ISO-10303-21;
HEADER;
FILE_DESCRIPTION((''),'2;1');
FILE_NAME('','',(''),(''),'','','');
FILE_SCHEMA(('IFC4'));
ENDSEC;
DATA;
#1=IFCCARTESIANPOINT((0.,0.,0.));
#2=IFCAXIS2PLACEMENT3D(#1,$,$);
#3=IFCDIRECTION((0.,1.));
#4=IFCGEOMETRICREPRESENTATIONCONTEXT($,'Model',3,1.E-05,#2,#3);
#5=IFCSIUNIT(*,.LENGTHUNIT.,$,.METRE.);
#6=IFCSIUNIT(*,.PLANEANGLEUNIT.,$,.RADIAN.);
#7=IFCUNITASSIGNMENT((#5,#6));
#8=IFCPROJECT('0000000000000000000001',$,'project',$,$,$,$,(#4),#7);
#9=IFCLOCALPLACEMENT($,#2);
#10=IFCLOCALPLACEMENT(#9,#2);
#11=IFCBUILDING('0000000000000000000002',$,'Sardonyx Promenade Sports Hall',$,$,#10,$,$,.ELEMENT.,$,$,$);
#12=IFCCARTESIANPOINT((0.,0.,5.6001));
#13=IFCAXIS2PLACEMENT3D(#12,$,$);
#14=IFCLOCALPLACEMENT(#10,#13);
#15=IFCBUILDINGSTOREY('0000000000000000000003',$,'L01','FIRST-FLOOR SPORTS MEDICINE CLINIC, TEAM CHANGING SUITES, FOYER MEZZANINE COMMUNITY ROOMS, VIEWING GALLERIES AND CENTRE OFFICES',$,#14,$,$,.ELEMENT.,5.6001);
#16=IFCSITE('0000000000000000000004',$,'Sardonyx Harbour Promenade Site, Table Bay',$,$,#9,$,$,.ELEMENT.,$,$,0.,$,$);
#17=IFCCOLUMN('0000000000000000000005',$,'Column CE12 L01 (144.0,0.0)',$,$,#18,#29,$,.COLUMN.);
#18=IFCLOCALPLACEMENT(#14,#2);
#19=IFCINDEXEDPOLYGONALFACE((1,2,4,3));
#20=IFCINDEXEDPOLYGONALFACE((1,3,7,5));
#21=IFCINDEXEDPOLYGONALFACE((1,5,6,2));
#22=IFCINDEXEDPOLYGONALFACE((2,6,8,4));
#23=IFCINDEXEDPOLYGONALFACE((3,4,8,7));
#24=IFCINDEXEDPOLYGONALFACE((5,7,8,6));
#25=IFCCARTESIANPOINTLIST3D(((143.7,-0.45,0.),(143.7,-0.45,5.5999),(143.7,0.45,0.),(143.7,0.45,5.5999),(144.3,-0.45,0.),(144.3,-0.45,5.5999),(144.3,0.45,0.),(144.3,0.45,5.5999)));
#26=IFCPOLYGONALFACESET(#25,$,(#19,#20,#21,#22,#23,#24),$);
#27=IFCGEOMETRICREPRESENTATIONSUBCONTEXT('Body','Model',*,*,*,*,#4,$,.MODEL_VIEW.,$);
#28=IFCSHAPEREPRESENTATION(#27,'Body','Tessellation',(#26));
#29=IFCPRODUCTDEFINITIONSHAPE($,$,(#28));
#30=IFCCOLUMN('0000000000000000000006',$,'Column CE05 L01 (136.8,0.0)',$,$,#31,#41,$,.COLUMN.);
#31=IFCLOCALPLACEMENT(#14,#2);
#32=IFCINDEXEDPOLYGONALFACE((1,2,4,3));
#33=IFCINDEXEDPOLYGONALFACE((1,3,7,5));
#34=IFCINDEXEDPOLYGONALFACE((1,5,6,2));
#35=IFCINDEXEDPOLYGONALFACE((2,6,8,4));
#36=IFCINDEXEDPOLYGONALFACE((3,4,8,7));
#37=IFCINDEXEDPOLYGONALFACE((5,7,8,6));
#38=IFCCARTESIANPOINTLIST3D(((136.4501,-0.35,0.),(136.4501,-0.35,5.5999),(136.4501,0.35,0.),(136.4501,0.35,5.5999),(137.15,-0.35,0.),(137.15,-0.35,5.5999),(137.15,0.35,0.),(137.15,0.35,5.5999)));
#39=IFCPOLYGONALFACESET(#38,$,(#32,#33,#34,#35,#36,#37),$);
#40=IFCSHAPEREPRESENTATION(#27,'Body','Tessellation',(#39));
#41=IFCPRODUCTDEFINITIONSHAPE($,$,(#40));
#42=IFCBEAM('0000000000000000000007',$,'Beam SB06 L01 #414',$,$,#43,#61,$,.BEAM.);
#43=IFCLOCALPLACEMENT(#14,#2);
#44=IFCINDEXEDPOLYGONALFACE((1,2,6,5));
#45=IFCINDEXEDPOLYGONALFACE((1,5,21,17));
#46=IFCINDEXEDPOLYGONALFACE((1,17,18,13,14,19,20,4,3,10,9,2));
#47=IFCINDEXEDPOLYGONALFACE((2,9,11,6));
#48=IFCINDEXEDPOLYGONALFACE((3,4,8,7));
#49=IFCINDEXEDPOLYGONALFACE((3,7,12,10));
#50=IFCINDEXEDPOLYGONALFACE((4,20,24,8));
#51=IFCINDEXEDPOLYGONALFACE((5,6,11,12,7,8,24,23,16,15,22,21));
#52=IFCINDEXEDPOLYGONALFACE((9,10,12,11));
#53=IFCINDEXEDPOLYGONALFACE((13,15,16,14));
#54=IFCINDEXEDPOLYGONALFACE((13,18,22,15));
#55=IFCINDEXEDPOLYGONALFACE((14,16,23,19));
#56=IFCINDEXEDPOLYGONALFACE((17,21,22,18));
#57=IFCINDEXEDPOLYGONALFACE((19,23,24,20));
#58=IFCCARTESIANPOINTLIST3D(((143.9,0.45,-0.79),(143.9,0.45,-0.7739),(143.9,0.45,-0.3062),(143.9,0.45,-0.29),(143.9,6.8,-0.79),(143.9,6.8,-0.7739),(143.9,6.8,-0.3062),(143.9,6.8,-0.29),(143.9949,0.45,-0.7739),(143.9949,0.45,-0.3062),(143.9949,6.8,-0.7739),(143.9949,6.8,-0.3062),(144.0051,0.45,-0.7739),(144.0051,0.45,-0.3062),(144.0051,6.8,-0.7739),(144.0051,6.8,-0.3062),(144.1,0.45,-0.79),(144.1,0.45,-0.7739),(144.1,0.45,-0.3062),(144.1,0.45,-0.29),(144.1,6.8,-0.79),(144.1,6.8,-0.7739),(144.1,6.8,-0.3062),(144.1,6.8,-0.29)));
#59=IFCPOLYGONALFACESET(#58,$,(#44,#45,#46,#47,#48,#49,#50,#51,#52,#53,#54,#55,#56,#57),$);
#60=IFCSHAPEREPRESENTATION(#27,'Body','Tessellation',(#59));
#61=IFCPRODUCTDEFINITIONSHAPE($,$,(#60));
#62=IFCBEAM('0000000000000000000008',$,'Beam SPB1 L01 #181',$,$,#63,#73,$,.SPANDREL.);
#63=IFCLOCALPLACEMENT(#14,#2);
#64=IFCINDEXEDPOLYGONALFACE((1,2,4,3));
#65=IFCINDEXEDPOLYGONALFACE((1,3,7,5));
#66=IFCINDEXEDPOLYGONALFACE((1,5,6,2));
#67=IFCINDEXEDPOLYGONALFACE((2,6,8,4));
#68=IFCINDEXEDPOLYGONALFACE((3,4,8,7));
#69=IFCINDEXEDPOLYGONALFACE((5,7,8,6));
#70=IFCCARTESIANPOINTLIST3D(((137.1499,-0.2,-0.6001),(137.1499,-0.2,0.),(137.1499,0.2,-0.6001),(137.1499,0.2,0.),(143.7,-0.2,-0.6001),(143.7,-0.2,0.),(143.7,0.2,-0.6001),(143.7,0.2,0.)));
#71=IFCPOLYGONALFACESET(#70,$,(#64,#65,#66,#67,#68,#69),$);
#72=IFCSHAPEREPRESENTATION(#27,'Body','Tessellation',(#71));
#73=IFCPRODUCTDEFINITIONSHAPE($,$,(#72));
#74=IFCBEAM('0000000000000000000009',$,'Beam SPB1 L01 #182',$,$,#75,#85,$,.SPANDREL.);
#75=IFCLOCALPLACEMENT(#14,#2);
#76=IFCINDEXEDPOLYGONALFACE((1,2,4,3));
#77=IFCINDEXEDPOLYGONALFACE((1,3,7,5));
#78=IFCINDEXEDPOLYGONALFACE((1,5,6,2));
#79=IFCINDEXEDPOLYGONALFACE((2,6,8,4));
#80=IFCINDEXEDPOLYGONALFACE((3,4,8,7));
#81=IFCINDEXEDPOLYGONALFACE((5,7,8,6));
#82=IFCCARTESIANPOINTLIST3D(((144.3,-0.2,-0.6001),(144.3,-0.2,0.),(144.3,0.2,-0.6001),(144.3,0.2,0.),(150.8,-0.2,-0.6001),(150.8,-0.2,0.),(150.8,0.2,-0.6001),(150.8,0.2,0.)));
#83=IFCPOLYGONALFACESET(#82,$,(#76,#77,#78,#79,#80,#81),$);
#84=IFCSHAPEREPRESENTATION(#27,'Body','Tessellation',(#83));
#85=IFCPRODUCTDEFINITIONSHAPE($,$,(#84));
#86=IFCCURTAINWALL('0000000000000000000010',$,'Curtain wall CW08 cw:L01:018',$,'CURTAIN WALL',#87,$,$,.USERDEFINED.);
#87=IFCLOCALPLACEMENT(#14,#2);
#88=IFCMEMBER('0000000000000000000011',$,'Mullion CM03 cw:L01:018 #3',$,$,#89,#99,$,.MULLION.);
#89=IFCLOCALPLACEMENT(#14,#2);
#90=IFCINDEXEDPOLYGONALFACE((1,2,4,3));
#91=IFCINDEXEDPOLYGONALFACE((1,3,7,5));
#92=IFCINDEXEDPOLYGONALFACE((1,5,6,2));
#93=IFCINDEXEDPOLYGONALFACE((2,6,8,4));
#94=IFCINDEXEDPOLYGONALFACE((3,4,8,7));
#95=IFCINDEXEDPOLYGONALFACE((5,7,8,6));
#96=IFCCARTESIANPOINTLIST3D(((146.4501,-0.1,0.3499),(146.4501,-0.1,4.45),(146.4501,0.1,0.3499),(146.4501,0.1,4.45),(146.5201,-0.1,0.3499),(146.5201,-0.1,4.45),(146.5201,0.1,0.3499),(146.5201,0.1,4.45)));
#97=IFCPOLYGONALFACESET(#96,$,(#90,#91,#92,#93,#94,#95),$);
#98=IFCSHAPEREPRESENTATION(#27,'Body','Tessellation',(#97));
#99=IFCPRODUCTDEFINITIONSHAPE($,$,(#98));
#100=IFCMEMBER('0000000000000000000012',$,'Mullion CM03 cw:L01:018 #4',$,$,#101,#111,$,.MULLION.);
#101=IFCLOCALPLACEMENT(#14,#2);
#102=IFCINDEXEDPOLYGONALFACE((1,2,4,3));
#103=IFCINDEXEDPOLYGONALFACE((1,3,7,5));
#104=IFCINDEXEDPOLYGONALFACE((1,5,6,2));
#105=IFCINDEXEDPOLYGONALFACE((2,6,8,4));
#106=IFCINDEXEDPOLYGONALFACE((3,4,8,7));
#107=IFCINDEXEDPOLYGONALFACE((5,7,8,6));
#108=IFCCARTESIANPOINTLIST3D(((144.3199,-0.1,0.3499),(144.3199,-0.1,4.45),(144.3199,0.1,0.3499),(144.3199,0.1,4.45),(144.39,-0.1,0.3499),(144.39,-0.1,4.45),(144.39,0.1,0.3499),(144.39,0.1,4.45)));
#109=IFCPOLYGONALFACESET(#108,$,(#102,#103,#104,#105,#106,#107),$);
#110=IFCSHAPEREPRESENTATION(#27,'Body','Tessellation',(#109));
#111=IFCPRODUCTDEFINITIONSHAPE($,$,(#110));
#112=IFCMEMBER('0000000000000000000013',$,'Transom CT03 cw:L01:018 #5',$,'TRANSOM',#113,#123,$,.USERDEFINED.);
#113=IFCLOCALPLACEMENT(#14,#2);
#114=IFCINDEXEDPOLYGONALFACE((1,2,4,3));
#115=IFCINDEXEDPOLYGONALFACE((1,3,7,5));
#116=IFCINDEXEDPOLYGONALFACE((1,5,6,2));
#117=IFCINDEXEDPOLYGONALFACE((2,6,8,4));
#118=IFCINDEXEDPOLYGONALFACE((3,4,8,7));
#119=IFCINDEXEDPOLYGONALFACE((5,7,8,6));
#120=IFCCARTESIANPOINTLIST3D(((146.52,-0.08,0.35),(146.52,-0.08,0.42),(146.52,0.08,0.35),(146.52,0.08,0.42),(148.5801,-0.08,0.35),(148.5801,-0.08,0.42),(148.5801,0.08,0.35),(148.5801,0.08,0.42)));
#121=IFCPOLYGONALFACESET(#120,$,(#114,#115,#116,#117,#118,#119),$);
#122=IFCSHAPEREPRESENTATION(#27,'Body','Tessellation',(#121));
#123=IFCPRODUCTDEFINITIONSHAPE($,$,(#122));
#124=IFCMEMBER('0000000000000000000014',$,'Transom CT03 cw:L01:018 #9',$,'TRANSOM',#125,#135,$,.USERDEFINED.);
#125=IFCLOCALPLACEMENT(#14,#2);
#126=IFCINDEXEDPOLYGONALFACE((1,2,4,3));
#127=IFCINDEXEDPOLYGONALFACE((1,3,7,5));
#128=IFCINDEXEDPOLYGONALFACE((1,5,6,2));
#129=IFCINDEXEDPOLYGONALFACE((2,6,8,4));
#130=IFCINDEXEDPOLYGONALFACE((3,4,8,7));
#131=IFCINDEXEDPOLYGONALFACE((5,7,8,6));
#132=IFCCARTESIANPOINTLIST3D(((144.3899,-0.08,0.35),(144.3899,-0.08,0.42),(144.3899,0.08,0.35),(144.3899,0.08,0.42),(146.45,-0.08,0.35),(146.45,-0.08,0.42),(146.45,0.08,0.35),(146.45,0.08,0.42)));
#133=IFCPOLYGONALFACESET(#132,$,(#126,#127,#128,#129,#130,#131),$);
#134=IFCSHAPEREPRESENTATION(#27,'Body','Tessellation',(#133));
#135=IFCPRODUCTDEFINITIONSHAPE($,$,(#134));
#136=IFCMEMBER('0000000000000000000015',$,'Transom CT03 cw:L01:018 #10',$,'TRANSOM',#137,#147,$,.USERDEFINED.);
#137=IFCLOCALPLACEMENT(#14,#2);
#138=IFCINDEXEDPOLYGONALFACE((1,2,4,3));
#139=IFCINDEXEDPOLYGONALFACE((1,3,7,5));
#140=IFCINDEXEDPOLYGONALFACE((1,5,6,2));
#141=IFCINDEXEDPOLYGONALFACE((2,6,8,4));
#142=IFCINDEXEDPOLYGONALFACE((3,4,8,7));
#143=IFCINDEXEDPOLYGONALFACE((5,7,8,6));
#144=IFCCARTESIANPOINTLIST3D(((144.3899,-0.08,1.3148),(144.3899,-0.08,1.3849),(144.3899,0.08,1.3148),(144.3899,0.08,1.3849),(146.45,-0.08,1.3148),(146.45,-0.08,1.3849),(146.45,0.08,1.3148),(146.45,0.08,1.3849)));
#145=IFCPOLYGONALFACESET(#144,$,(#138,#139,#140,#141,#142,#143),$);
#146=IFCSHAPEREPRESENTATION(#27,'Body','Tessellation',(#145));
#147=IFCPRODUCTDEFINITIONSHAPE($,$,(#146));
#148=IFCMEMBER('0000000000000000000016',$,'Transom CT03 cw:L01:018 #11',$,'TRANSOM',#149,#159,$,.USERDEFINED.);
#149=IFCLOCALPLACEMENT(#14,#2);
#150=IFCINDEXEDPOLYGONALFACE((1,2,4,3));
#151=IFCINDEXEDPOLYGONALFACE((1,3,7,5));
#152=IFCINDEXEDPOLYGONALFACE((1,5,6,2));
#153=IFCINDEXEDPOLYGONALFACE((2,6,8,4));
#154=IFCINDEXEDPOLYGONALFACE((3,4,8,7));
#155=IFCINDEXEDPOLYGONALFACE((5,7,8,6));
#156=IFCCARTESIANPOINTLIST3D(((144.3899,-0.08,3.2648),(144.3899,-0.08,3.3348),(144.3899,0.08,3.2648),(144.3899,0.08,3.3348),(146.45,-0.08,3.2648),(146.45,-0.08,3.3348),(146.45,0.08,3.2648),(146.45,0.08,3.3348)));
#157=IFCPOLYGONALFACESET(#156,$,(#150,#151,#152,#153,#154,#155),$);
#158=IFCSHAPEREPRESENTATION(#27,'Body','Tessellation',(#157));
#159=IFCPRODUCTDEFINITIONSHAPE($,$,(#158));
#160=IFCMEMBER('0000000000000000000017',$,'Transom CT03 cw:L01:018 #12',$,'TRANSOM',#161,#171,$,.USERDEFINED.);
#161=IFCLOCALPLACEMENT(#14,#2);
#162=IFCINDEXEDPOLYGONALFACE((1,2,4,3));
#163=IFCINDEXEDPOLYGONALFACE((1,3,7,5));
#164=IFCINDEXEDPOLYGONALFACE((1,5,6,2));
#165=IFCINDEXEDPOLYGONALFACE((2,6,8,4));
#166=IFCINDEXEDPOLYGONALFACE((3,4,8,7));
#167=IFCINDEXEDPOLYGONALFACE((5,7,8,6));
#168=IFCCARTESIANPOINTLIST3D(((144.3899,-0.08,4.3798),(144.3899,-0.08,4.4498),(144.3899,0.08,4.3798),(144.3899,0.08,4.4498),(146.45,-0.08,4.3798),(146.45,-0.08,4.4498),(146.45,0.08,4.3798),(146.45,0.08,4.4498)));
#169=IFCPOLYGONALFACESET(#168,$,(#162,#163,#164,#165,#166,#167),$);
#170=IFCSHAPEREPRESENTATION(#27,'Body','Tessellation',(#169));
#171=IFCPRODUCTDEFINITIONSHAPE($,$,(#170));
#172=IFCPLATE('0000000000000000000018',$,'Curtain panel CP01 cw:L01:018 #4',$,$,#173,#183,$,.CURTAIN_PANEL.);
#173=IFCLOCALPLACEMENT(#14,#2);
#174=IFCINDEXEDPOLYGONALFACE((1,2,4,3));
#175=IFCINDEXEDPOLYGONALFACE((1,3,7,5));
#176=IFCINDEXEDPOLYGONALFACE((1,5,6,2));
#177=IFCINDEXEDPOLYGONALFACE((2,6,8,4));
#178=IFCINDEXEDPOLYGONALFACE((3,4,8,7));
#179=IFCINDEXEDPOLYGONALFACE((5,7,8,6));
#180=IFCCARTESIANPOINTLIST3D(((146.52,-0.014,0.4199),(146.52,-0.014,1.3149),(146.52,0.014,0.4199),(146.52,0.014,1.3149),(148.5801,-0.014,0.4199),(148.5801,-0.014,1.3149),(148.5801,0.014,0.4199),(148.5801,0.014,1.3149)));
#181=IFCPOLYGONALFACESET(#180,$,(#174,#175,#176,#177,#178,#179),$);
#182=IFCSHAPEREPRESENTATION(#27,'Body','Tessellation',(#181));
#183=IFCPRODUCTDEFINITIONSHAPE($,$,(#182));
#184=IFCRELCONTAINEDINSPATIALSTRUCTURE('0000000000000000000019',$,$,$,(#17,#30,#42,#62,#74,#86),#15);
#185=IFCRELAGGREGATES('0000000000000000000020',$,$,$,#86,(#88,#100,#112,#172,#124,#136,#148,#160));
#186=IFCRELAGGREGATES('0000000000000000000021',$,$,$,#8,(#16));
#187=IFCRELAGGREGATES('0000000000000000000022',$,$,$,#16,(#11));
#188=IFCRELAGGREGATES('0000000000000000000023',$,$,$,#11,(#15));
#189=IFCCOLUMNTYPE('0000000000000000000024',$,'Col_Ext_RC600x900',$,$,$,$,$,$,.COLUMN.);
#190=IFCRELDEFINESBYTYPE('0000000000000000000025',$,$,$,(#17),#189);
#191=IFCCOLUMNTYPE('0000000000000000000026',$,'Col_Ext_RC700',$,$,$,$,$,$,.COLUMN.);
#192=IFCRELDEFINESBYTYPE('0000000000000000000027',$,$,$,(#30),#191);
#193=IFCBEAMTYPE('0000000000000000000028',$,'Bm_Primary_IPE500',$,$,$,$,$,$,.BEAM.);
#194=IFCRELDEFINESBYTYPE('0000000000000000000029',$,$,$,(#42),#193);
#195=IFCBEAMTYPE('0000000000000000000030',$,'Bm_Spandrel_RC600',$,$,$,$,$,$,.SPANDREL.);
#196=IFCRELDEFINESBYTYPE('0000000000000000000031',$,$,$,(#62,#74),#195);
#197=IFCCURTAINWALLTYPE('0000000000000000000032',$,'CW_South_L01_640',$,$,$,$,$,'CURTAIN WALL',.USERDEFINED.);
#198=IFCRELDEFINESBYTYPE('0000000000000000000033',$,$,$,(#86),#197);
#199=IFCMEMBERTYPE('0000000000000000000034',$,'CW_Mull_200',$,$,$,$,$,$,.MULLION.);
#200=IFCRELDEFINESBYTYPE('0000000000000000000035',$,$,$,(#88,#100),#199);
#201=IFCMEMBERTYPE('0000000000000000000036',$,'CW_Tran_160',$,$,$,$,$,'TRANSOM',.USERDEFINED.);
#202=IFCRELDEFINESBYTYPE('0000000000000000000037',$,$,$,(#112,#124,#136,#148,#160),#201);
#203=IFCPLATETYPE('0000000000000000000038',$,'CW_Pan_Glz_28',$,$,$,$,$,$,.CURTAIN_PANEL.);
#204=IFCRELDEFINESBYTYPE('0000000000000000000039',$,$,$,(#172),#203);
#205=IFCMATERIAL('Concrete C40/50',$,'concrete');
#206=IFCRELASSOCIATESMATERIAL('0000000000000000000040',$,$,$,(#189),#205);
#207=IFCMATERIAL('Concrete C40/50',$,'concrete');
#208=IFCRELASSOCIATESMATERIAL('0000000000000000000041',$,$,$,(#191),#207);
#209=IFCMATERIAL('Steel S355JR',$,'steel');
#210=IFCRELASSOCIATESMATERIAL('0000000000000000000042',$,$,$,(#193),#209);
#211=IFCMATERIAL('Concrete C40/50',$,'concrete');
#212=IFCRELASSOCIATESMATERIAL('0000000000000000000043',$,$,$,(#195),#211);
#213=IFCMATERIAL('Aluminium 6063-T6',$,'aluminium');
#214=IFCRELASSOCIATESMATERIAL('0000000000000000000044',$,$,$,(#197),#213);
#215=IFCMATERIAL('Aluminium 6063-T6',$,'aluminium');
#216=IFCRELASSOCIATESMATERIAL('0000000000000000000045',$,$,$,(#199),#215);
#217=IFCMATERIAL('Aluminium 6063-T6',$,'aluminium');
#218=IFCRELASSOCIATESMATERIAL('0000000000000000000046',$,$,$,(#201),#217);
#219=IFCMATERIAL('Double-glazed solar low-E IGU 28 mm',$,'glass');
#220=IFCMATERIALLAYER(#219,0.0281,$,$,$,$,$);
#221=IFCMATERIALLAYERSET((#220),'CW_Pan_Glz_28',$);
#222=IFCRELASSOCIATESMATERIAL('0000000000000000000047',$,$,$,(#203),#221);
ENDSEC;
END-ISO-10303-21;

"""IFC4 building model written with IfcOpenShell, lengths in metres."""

from ifc_helpers import new_model, si_unit, direction, frame, origin, origin_2d, place, context, subcontext, project, spatial, rectangle, i_section, extrude, material, layer, layer_set, material_profile, profile_set, type_object, element, aggregate, save


model = new_model("IFC4")

# Units and contexts
model_context = context("Model", 3, precision=1e-05, world=origin(), true_north=direction((0.0, 1.0)))
body_context = subcontext(model_context, "Body", "Model", "MODEL_VIEW")
ifc_project = project(units=[si_unit("LENGTHUNIT", "METRE"), si_unit("PLANEANGLEUNIT", "RADIAN")], contexts=[model_context])

# Site, building, storey
site_placement = place(None, origin())
site = spatial("IfcSite", under=ifc_project, at=site_placement, Name="Sardonyx Harbour Promenade Site, Table Bay", CompositionType="ELEMENT", RefElevation=0.0)
building_placement = place(site_placement, origin())
building = spatial("IfcBuilding", under=site, at=building_placement, Name="Sardonyx Promenade Sports Hall", CompositionType="ELEMENT")
storey_placement = place(building_placement, frame((0.0, 0.0, 5.6001)))
storey = spatial("IfcBuildingStorey", under=building, at=storey_placement, Name="L01", Description="FIRST-FLOOR SPORTS MEDICINE CLINIC, TEAM CHANGING SUITES, FOYER MEZZANINE COMMUNITY ROOMS, VIEWING GALLERIES AND CENTRE OFFICES", CompositionType="ELEMENT", Elevation=5.6001)

# Columns
ifc_material_1 = material(Name="Concrete C40/50", Category="concrete")
ifc_material_profile_1 = material_profile(ifc_material_1, rectangle(XDim=0.6001, YDim=0.8999, at=origin_2d()))
ifc_profile_set_1 = profile_set([ifc_material_profile_1], Name="Concrete C40/50")
column_type_1 = type_object("IfcColumnType", Name="Col_Ext_RC600x900", PredefinedType="COLUMN", material=ifc_profile_set_1)
column_1_placement = place(storey_placement, frame((144.0, 0.0, 0.0), z_axis=(0.0, 0.0, 1.0), x_axis=(1.0, 0.0, 0.0)))
element("IfcColumn", 1, at=column_1_placement, inside=storey, type_object=column_type_1, Name="Column CE12 L01 (144.0,0.0)", PredefinedType="COLUMN", context=body_context, shape_type="SweptSolid", body=[
    extrude(rectangle(XDim=0.6001, YDim=0.8999, at=origin_2d()), origin(), (0.0, 0.0, 1.0), 5.5999),
])
ifc_material_2 = material(Name="Concrete C40/50", Category="concrete")
ifc_material_profile_2 = material_profile(ifc_material_2, rectangle(XDim=0.7, YDim=0.7, at=origin_2d()))
ifc_profile_set_2 = profile_set([ifc_material_profile_2], Name="Concrete C40/50")
column_type_2 = type_object("IfcColumnType", Name="Col_Ext_RC700", PredefinedType="COLUMN", material=ifc_profile_set_2)
column_2_placement = place(storey_placement, frame((136.8, 0.0, 0.0), z_axis=(0.0, 0.0, 1.0), x_axis=(1.0, 0.0, 0.0)))
element("IfcColumn", 2, at=column_2_placement, inside=storey, type_object=column_type_2, Name="Column CE05 L01 (136.8,0.0)", PredefinedType="COLUMN", context=body_context, shape_type="SweptSolid", body=[
    extrude(rectangle(XDim=0.7, YDim=0.7, at=origin_2d()), origin(), (0.0, 0.0, 1.0), 5.5999),
])

# Beams
ifc_material_3 = material(Name="Steel S355JR", Category="steel")
ifc_material_profile_3 = material_profile(ifc_material_3, i_section(OverallWidth=0.2, OverallDepth=0.5, WebThickness=0.0103, FlangeThickness=0.0161, at=origin_2d()))
ifc_profile_set_3 = profile_set([ifc_material_profile_3], Name="Steel S355JR")
beam_type_1 = type_object("IfcBeamType", Name="Bm_Primary_IPE500", PredefinedType="BEAM", material=ifc_profile_set_3)
beam_1_placement = place(storey_placement, frame((144.0, 0.45, -0.54), z_axis=(0.0, 1.0, 0.0), x_axis=(-1.0, 0.0, 0.0)))
element("IfcBeam", 3, at=beam_1_placement, inside=storey, type_object=beam_type_1, Name="Beam SB06 L01 #414", PredefinedType="BEAM", context=body_context, shape_type="SweptSolid", body=[
    extrude(i_section(OverallWidth=0.2, OverallDepth=0.5, WebThickness=0.0103, FlangeThickness=0.0161, at=origin_2d()), origin(), (0.0, 0.0, 1.0), 6.3501),
])
ifc_material_4 = material(Name="Concrete C40/50", Category="concrete")
ifc_material_profile_4 = material_profile(ifc_material_4, rectangle(XDim=0.3999, YDim=0.6001, at=origin_2d()))
ifc_profile_set_4 = profile_set([ifc_material_profile_4], Name="Concrete C40/50")
beam_type_2 = type_object("IfcBeamType", Name="Bm_Spandrel_RC600", PredefinedType="SPANDREL", material=ifc_profile_set_4)
beam_2_placement = place(storey_placement, frame((137.1499, 0.0, -0.3), z_axis=(1.0, 0.0, 0.0), x_axis=(0.0, 1.0, 0.0)))
element("IfcBeam", 4, at=beam_2_placement, inside=storey, type_object=beam_type_2, Name="Beam SPB1 L01 #181", PredefinedType="SPANDREL", context=body_context, shape_type="SweptSolid", body=[
    extrude(rectangle(XDim=0.3999, YDim=0.6001, at=origin_2d()), origin(), (0.0, 0.0, 1.0), 6.55),
])
beam_3_placement = place(storey_placement, frame((144.3, 0.0, -0.3), z_axis=(1.0, 0.0, 0.0), x_axis=(0.0, 1.0, 0.0)))
element("IfcBeam", 5, at=beam_3_placement, inside=storey, type_object=beam_type_2, Name="Beam SPB1 L01 #182", PredefinedType="SPANDREL", context=body_context, shape_type="SweptSolid", body=[
    extrude(rectangle(XDim=0.3999, YDim=0.6001, at=origin_2d()), origin(), (0.0, 0.0, 1.0), 6.5),
])

# Curtain wall, members, plate
ifc_material_5 = material(Name="Aluminium 6063-T6", Category="aluminium")
curtain_wall_type = type_object("IfcCurtainWallType", Name="CW_South_L01_640", ElementType="CURTAIN WALL", PredefinedType="USERDEFINED", material=ifc_material_5)
curtain_wall_placement = place(storey_placement, origin())
curtain_wall = element("IfcCurtainWall", 6, at=curtain_wall_placement, inside=storey, type_object=curtain_wall_type, Name="Curtain wall CW08 cw:L01:018", ObjectType="CURTAIN WALL", PredefinedType="USERDEFINED")
ifc_material_6 = material(Name="Aluminium 6063-T6", Category="aluminium")
ifc_material_profile_5 = material_profile(ifc_material_6, rectangle(XDim=0.0701, YDim=0.2, at=origin_2d()))
ifc_profile_set_5 = profile_set([ifc_material_profile_5], Name="Aluminium 6063-T6")
member_type_1 = type_object("IfcMemberType", Name="CW_Mull_200", PredefinedType="MULLION", material=ifc_profile_set_5)
member_1_placement = place(storey_placement, frame((146.4851, 0.0, 0.3499), z_axis=(0.0, 0.0, 1.0), x_axis=(-1.0, 0.0, 0.0)))
member_1 = element("IfcMember", 7, at=member_1_placement, type_object=member_type_1, Name="Mullion CM03 cw:L01:018 #3", PredefinedType="MULLION", context=body_context, shape_type="SweptSolid", body=[
    extrude(rectangle(XDim=0.0701, YDim=0.2, at=origin_2d()), origin(), (0.0, 0.0, 1.0), 4.1001),
])
member_2_placement = place(storey_placement, frame((144.355, 0.0, 0.3499), z_axis=(0.0, 0.0, 1.0), x_axis=(-1.0, 0.0, 0.0)))
member_2 = element("IfcMember", 8, at=member_2_placement, type_object=member_type_1, Name="Mullion CM03 cw:L01:018 #4", PredefinedType="MULLION", context=body_context, shape_type="SweptSolid", body=[
    extrude(rectangle(XDim=0.0701, YDim=0.2, at=origin_2d()), origin(), (0.0, 0.0, 1.0), 4.1001),
])
ifc_material_7 = material(Name="Aluminium 6063-T6", Category="aluminium")
ifc_material_profile_6 = material_profile(ifc_material_7, rectangle(XDim=0.0701, YDim=0.1599, at=origin_2d()))
ifc_profile_set_6 = profile_set([ifc_material_profile_6], Name="Aluminium 6063-T6")
member_type_2 = type_object("IfcMemberType", Name="CW_Tran_160", ElementType="TRANSOM", PredefinedType="USERDEFINED", material=ifc_profile_set_6)
member_3_placement = place(storey_placement, frame((148.5801, 0.0, 0.385), z_axis=(-1.0, 0.0, 0.0), x_axis=(0.0, 0.0, 1.0)))
member_3 = element("IfcMember", 9, at=member_3_placement, type_object=member_type_2, Name="Transom CT03 cw:L01:018 #5", ObjectType="TRANSOM", PredefinedType="USERDEFINED", context=body_context, shape_type="SweptSolid", body=[
    extrude(rectangle(XDim=0.0701, YDim=0.1599, at=origin_2d()), origin(), (0.0, 0.0, 1.0), 2.0601),
])
member_4_placement = place(storey_placement, frame((146.45, 0.0, 0.385), z_axis=(-1.0, 0.0, 0.0), x_axis=(0.0, 0.0, 1.0)))
member_4 = element("IfcMember", 10, at=member_4_placement, type_object=member_type_2, Name="Transom CT03 cw:L01:018 #9", ObjectType="TRANSOM", PredefinedType="USERDEFINED", context=body_context, shape_type="SweptSolid", body=[
    extrude(rectangle(XDim=0.0701, YDim=0.1599, at=origin_2d()), origin(), (0.0, 0.0, 1.0), 2.0601),
])
member_5_placement = place(storey_placement, frame((146.45, 0.0, 1.3499), z_axis=(-1.0, 0.0, 0.0), x_axis=(0.0, 0.0, 1.0)))
member_5 = element("IfcMember", 11, at=member_5_placement, type_object=member_type_2, Name="Transom CT03 cw:L01:018 #10", ObjectType="TRANSOM", PredefinedType="USERDEFINED", context=body_context, shape_type="SweptSolid", body=[
    extrude(rectangle(XDim=0.0701, YDim=0.1599, at=origin_2d()), origin(), (0.0, 0.0, 1.0), 2.0601),
])
member_6_placement = place(storey_placement, frame((146.45, 0.0, 3.2998), z_axis=(-1.0, 0.0, 0.0), x_axis=(0.0, 0.0, 1.0)))
member_6 = element("IfcMember", 12, at=member_6_placement, type_object=member_type_2, Name="Transom CT03 cw:L01:018 #11", ObjectType="TRANSOM", PredefinedType="USERDEFINED", context=body_context, shape_type="SweptSolid", body=[
    extrude(rectangle(XDim=0.0701, YDim=0.1599, at=origin_2d()), origin(), (0.0, 0.0, 1.0), 2.0601),
])
member_7_placement = place(storey_placement, frame((146.45, 0.0, 4.4148), z_axis=(-1.0, 0.0, 0.0), x_axis=(0.0, 0.0, 1.0)))
member_7 = element("IfcMember", 13, at=member_7_placement, type_object=member_type_2, Name="Transom CT03 cw:L01:018 #12", ObjectType="TRANSOM", PredefinedType="USERDEFINED", context=body_context, shape_type="SweptSolid", body=[
    extrude(rectangle(XDim=0.0701, YDim=0.1599, at=origin_2d()), origin(), (0.0, 0.0, 1.0), 2.0601),
])
ifc_material_8 = material(Name="Double-glazed solar low-E IGU 28 mm", Category="glass")
ifc_layer_1 = layer(ifc_material_8, 0.0281)
ifc_layer_set_1 = layer_set([ifc_layer_1], Name="CW_Pan_Glz_28")
plate_type = type_object("IfcPlateType", Name="CW_Pan_Glz_28", PredefinedType="CURTAIN_PANEL", material=ifc_layer_set_1)
plate_1_placement = place(storey_placement, frame((147.55, 0.0, 0.4199), z_axis=(0.0, 0.0, 1.0), x_axis=(-1.0, 0.0, 0.0)))
plate_1 = element("IfcPlate", 14, at=plate_1_placement, type_object=plate_type, Name="Curtain panel CP01 cw:L01:018 #4", PredefinedType="CURTAIN_PANEL", context=body_context, shape_type="SweptSolid", body=[
    extrude(rectangle(XDim=2.0601, YDim=0.0281, at=origin_2d()), origin(), (0.0, 0.0, 1.0), 0.895),
])
aggregate(curtain_wall, [member_1, member_2, member_3, plate_1, member_4, member_5, member_6, member_7])

save(model, "model.ifc")
